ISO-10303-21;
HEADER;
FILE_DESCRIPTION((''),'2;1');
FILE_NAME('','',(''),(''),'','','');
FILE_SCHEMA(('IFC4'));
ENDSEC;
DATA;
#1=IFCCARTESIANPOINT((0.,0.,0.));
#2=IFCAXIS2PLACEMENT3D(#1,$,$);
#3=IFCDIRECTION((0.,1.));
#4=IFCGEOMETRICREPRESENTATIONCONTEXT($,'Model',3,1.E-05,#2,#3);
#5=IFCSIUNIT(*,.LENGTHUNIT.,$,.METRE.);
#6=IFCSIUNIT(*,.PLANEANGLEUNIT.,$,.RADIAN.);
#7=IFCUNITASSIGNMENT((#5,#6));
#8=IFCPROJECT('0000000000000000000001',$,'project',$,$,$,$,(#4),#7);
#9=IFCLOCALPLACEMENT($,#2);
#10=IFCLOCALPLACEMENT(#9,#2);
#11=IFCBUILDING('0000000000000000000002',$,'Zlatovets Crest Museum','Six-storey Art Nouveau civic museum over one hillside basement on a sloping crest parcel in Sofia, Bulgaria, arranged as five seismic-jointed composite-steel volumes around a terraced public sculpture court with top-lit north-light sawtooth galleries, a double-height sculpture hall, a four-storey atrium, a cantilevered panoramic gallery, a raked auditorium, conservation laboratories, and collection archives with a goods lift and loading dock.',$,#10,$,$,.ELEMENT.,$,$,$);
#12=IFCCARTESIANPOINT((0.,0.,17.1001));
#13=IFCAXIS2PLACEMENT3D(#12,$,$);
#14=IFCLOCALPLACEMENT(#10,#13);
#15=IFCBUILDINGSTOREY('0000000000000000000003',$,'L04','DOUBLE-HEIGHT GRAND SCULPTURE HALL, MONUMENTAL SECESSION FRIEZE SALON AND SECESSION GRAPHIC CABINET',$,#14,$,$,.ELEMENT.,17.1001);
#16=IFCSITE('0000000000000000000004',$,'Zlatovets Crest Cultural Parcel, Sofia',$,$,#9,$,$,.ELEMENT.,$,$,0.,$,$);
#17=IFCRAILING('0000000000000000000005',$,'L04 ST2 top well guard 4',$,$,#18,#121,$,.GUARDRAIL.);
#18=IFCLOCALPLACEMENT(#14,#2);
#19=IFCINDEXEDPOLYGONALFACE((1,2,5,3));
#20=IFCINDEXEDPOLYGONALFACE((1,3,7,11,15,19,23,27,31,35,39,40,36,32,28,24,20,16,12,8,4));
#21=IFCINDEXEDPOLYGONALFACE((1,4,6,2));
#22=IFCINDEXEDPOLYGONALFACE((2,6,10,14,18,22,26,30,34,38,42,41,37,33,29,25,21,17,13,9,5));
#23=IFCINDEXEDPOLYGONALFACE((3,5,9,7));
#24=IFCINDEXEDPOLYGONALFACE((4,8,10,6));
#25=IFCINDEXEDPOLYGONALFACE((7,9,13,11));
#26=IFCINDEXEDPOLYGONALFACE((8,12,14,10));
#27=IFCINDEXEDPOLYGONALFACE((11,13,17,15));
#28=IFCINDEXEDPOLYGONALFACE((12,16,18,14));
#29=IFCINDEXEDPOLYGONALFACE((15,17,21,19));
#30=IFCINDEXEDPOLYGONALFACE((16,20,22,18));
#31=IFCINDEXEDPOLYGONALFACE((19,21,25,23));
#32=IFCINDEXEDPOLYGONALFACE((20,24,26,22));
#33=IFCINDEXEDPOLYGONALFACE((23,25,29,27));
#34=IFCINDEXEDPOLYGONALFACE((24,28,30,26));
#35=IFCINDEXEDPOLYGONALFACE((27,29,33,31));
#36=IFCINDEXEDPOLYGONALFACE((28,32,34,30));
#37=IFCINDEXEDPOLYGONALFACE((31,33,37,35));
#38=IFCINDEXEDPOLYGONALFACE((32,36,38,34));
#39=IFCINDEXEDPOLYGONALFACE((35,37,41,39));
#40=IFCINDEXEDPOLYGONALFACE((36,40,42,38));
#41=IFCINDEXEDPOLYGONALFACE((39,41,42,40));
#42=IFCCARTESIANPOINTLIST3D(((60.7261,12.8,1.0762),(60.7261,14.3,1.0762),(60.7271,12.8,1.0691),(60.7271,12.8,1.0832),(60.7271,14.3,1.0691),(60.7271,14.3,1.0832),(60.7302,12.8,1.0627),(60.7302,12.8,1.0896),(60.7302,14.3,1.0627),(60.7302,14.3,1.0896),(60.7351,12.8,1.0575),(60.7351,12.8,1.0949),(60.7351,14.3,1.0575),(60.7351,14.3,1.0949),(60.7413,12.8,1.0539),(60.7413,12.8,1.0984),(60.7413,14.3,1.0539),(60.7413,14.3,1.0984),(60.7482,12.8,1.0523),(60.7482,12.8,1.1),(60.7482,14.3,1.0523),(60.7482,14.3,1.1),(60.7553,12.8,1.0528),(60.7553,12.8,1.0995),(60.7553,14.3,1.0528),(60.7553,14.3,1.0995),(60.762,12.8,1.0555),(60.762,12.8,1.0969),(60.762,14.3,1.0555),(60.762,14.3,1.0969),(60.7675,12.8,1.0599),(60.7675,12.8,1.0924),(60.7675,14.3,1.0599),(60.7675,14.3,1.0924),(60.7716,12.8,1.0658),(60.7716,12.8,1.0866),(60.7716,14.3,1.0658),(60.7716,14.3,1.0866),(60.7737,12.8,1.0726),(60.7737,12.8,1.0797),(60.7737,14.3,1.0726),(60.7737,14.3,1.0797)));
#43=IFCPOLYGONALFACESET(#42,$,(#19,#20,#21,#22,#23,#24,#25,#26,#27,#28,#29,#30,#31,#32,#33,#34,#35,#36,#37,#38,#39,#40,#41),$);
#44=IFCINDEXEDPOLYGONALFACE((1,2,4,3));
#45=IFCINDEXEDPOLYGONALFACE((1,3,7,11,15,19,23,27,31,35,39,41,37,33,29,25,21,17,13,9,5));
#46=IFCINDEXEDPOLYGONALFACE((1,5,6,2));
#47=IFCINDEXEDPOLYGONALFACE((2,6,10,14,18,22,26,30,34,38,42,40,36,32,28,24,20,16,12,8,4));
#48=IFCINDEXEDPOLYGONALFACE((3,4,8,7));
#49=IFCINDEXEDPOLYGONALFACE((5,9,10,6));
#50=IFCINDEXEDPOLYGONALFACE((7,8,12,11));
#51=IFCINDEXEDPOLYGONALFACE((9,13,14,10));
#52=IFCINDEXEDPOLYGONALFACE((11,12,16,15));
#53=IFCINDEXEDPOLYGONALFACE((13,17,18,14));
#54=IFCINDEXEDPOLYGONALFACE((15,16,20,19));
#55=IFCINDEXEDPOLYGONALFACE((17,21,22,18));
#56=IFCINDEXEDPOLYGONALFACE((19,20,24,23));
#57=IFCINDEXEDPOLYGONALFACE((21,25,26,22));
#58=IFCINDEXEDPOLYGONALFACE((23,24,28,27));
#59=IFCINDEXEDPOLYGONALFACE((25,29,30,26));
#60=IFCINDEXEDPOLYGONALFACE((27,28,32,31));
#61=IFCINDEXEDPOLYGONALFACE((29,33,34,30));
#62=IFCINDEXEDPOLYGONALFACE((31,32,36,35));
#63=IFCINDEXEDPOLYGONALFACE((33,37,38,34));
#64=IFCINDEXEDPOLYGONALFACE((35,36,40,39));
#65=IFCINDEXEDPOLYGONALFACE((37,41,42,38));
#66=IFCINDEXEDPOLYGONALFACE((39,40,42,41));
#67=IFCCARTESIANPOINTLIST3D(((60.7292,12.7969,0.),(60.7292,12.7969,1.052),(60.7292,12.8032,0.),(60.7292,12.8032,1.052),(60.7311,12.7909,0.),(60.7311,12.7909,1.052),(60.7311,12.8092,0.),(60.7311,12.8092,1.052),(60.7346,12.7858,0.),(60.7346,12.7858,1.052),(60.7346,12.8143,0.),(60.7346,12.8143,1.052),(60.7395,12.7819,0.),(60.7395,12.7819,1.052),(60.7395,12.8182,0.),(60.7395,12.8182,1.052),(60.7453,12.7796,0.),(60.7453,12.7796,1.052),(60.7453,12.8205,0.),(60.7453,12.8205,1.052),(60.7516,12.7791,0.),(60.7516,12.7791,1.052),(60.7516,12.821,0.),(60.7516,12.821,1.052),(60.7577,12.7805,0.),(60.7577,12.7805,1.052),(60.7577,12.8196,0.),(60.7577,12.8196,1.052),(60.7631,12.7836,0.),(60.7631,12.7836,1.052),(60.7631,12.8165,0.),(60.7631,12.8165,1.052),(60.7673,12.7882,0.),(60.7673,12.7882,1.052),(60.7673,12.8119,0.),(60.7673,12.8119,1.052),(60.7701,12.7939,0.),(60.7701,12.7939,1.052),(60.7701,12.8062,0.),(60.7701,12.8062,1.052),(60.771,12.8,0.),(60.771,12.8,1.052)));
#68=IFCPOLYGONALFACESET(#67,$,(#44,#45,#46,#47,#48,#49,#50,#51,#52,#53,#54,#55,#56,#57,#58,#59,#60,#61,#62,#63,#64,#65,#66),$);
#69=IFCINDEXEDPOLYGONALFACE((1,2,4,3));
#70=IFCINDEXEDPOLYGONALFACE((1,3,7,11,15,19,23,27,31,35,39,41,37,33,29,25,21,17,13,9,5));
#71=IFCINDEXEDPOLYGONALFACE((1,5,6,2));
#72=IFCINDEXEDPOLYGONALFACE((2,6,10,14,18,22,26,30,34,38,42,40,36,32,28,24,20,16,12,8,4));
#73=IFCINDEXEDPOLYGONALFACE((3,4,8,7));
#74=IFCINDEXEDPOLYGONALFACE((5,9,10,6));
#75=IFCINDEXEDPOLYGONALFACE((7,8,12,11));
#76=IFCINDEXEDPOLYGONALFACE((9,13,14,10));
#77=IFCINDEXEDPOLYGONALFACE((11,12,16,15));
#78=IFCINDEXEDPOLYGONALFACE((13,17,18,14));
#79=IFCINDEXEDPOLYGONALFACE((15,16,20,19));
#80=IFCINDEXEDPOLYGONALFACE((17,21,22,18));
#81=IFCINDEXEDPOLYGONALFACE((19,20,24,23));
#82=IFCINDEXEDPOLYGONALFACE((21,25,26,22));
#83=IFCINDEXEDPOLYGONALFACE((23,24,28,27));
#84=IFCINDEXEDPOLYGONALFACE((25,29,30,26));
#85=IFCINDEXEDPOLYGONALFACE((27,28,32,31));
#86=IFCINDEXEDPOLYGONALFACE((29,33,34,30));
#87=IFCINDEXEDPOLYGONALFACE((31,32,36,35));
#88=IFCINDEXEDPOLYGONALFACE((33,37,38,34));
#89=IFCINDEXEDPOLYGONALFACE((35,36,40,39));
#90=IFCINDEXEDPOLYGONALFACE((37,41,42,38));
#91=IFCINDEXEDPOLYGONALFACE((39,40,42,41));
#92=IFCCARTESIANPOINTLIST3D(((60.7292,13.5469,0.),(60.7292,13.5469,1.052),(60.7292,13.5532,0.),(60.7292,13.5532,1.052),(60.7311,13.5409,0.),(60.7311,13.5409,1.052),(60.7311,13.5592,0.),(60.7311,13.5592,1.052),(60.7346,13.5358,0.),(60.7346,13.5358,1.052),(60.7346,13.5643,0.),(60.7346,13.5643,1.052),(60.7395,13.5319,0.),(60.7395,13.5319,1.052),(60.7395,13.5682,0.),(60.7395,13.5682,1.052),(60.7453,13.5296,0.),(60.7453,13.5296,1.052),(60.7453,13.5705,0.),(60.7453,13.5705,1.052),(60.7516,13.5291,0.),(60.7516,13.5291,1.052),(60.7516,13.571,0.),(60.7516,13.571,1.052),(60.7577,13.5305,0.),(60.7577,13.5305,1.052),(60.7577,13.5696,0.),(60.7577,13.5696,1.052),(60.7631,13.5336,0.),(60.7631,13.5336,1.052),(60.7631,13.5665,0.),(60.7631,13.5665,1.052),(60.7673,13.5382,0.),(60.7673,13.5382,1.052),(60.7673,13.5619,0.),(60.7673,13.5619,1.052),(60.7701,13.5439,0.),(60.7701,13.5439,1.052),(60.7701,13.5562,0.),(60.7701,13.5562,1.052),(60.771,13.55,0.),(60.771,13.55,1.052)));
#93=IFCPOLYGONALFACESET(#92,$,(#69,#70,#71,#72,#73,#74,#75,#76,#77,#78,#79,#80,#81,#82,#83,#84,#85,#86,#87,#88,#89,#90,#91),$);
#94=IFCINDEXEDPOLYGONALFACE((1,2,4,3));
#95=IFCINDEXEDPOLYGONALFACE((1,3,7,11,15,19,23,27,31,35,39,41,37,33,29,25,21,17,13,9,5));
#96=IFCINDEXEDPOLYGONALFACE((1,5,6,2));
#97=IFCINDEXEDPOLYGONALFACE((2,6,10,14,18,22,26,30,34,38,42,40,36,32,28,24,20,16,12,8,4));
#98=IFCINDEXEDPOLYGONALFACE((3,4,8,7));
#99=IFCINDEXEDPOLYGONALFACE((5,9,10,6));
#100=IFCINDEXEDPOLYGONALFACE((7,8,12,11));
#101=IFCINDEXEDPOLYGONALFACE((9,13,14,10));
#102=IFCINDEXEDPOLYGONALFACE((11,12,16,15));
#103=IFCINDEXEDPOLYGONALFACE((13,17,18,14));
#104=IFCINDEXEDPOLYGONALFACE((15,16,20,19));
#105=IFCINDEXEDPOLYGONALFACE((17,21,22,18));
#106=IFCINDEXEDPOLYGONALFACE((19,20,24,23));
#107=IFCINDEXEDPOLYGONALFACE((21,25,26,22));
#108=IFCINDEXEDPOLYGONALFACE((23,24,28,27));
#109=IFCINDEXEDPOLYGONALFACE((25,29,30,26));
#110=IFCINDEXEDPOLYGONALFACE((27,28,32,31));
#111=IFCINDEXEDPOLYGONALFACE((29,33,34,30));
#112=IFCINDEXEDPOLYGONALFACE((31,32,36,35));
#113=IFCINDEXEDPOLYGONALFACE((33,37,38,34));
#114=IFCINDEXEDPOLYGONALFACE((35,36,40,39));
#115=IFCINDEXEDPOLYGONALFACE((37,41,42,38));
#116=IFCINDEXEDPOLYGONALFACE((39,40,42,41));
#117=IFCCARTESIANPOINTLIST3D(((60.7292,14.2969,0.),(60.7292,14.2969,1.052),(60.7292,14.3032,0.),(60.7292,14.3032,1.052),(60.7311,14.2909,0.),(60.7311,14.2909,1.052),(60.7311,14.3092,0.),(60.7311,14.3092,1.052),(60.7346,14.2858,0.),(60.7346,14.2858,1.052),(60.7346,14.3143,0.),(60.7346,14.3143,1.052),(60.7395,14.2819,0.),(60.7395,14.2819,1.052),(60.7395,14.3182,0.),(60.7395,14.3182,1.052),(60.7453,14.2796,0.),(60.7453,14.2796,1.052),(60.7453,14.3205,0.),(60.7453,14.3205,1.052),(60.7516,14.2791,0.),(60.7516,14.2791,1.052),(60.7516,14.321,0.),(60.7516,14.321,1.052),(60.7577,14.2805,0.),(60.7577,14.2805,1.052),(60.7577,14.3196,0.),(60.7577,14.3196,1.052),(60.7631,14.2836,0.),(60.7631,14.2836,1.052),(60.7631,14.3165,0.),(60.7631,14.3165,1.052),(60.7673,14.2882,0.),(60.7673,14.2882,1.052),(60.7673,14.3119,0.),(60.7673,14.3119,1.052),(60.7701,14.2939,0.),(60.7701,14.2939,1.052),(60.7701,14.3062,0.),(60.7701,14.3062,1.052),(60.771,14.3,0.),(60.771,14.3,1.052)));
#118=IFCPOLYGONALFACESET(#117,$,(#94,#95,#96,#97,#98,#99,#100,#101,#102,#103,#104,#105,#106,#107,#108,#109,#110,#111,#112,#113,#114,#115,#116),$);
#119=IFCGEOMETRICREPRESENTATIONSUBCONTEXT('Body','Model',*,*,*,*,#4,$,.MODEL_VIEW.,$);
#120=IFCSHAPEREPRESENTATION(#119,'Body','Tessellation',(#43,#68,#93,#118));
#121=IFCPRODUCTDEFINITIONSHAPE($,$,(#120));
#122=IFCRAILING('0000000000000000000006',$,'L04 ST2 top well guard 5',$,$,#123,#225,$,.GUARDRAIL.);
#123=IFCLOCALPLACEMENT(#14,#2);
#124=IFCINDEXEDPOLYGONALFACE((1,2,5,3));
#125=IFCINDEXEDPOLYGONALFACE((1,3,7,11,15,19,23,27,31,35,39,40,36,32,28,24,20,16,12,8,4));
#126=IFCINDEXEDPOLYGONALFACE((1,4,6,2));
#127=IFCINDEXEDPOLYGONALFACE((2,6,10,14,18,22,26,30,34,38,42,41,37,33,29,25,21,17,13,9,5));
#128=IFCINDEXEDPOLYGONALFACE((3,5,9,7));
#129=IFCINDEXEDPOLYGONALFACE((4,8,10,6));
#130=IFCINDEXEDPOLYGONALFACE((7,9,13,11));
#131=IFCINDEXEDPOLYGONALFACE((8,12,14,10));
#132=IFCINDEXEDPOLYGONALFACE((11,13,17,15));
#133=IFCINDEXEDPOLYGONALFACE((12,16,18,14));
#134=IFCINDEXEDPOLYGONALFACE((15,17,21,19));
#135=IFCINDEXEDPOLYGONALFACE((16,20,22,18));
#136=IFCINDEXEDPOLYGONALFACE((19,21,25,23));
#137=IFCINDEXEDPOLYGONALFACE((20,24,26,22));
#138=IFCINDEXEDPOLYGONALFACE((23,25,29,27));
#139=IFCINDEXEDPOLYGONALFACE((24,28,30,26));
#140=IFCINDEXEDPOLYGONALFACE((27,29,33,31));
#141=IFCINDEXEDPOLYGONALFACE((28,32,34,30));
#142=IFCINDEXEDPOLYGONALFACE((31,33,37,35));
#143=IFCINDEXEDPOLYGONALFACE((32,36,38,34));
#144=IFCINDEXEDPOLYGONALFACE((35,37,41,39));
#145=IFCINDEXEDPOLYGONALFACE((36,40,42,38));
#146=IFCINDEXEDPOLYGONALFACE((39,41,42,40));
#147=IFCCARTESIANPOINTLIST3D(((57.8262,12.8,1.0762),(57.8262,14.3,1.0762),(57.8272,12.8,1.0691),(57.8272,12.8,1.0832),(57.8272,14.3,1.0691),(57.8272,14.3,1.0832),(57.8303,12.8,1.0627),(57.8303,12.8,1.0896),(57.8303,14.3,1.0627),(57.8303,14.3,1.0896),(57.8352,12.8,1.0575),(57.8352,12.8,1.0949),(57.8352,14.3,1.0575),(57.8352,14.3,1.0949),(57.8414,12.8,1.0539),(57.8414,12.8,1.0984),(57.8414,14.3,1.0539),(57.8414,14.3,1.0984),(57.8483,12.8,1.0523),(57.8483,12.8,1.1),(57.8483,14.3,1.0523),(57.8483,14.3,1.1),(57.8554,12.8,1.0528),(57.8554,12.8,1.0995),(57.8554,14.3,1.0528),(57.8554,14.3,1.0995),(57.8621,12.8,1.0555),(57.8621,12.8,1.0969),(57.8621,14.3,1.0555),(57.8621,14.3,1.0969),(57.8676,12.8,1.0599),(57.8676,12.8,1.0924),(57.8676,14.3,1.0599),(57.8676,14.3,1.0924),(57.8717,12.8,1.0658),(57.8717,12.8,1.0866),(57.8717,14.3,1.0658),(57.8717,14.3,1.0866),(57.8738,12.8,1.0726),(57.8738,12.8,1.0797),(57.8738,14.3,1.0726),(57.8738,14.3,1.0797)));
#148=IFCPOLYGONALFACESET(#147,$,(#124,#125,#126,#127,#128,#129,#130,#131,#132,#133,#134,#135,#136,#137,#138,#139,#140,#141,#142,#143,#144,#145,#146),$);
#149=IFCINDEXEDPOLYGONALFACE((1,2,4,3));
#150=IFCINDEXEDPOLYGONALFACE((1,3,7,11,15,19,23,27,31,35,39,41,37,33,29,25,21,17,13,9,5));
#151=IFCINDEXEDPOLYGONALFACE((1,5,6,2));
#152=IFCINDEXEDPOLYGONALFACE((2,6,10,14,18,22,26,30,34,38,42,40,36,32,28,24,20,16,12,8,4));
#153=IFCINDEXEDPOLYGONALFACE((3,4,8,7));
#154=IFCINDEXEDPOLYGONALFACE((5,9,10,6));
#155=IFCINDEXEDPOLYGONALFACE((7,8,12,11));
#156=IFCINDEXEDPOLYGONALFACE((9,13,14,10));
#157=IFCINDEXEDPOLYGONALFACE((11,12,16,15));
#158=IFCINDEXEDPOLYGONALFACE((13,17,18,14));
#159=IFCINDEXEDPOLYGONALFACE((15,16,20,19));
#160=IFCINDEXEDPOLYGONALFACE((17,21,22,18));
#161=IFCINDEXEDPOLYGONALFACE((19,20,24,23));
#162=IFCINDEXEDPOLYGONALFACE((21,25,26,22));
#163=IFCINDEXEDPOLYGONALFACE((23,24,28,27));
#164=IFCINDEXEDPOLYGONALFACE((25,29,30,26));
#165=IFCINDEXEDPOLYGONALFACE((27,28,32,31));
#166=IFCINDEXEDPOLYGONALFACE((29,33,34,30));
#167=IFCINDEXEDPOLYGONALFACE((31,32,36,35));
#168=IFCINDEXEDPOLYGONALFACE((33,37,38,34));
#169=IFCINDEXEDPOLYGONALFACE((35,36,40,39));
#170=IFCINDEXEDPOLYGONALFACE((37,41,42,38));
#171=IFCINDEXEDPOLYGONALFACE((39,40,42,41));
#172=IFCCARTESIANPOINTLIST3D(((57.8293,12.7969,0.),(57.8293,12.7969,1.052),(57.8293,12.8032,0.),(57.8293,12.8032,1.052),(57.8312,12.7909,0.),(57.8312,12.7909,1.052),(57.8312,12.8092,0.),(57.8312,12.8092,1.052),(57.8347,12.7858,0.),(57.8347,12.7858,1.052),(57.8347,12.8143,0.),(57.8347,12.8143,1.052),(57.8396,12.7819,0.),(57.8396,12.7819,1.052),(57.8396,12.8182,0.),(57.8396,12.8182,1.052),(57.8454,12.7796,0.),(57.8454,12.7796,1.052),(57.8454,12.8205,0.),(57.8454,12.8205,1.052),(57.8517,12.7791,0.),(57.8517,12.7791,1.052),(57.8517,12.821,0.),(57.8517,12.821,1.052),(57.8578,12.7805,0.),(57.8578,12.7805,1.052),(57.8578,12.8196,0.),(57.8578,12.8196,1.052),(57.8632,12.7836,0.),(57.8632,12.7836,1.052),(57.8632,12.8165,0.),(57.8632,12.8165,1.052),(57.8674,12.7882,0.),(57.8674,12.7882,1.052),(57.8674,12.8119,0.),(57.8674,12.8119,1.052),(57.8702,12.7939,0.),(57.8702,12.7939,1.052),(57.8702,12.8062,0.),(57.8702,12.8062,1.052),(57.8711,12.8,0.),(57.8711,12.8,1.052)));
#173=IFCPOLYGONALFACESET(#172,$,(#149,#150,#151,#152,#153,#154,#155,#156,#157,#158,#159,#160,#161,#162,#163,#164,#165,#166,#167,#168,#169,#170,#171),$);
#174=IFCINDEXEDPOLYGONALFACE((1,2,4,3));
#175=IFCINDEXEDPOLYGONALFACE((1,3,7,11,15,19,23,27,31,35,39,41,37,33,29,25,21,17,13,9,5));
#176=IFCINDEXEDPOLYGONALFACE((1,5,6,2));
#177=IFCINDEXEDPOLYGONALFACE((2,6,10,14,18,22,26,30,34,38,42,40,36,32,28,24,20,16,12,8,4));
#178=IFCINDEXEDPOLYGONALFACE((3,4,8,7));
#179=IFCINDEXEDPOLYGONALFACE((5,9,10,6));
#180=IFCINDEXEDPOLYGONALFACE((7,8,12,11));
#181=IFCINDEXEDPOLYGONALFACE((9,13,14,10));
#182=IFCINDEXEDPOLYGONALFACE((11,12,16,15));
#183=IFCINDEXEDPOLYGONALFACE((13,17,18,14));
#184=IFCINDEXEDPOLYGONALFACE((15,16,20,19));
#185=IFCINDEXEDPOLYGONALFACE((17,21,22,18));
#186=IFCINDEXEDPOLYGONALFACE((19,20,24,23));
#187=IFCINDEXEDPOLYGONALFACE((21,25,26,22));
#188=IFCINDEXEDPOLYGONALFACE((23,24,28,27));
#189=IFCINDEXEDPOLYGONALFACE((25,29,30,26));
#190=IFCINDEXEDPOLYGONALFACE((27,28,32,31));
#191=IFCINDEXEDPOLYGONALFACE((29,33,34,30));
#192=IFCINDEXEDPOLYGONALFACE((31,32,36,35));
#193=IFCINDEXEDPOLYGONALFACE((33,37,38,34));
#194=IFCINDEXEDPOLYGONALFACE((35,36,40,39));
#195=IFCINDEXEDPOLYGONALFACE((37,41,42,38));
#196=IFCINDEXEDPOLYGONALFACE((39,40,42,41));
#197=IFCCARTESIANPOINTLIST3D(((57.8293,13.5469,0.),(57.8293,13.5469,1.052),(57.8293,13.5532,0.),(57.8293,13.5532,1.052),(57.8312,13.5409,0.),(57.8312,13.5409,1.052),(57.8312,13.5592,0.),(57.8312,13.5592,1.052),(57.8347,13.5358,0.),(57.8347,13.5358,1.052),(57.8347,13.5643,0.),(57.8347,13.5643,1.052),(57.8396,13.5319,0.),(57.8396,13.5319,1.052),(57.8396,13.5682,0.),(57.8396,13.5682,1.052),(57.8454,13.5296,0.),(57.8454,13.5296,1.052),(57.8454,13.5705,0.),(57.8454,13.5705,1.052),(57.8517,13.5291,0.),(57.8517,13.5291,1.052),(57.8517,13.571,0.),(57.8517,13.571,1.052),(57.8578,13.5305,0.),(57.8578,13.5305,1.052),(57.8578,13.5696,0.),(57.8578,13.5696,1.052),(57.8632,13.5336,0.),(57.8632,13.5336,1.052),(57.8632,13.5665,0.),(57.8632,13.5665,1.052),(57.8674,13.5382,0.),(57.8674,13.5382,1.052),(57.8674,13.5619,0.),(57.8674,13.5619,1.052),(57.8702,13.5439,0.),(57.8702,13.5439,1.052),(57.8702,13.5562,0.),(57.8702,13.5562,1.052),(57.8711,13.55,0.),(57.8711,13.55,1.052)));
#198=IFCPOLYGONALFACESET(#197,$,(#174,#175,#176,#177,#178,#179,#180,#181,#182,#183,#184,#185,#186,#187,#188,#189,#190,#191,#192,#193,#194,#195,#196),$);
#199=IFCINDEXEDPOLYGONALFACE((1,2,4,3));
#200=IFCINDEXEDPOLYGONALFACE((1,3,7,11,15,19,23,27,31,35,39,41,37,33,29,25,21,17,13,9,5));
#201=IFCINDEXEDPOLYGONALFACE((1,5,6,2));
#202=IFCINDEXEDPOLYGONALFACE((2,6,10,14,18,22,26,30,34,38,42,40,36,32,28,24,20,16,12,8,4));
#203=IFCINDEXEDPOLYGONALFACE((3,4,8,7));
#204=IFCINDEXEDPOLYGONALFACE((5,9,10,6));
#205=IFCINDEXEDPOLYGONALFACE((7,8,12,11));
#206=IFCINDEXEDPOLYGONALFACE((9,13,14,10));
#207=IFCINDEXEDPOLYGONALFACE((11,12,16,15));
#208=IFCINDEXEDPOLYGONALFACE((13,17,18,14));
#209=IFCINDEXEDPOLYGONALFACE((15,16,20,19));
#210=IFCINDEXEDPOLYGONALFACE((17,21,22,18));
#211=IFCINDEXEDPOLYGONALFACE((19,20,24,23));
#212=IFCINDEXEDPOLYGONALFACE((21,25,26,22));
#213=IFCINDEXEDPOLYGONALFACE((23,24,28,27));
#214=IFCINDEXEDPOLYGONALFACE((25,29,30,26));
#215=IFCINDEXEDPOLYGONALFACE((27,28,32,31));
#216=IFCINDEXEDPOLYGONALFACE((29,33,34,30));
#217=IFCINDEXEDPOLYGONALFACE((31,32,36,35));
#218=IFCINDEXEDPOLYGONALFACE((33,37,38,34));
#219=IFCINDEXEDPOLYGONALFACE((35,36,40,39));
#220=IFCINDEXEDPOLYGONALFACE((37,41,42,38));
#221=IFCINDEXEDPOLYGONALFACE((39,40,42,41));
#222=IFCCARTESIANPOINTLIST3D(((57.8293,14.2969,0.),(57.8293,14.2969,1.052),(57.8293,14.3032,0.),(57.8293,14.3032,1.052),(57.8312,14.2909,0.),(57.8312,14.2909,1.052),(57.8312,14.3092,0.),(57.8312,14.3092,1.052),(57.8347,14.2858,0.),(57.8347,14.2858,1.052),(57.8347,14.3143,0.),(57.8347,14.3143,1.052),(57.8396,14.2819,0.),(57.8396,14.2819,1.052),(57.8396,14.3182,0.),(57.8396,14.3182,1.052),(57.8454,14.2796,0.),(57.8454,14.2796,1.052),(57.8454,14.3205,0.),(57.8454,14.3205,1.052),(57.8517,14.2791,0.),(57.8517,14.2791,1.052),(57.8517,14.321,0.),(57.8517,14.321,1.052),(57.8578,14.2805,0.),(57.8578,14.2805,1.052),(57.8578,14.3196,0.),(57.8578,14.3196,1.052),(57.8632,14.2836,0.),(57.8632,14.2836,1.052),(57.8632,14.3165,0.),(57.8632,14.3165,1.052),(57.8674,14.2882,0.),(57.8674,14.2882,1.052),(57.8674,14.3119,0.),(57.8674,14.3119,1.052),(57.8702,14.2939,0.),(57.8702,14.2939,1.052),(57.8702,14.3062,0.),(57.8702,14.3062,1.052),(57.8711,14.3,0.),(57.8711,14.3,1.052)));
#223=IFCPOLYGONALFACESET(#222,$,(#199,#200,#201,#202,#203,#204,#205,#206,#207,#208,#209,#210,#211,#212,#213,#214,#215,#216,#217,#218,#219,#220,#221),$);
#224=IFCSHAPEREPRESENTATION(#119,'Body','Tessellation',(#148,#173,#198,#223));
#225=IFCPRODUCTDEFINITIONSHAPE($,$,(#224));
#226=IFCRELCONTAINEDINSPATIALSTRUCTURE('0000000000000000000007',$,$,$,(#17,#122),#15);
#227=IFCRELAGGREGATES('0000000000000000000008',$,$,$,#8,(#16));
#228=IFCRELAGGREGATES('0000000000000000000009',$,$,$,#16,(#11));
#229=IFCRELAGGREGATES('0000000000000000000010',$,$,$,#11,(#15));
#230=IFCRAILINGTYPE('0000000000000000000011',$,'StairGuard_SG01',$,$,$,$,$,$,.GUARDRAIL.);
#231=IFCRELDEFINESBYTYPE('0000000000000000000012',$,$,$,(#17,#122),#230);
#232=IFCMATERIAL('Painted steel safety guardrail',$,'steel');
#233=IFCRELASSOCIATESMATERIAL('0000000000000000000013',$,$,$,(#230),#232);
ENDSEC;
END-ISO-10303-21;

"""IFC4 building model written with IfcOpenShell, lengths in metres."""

from ifc_helpers import new_model, si_unit, direction, frame, origin, origin_2d, place, context, subcontext, project, spatial, circle, extrude, material, type_object, element, save


model = new_model("IFC4")

# Units and contexts
model_context = context("Model", 3, precision=1e-05, world=origin(), true_north=direction((0.0, 1.0)))
body_context = subcontext(model_context, "Body", "Model", "MODEL_VIEW")
ifc_project = project(units=[si_unit("LENGTHUNIT", "METRE"), si_unit("PLANEANGLEUNIT", "RADIAN")], contexts=[model_context])

# Site, building, storey
site_placement = place(None, origin())
site = spatial("IfcSite", under=ifc_project, at=site_placement, Name="Zlatovets Crest Cultural Parcel, Sofia", CompositionType="ELEMENT", RefElevation=0.0)
building_placement = place(site_placement, origin())
building = spatial("IfcBuilding", under=site, at=building_placement, Name="Zlatovets Crest Museum", Description="Six-storey Art Nouveau civic museum over one hillside basement on a sloping crest parcel in Sofia, Bulgaria, arranged as five seismic-jointed composite-steel volumes around a terraced public sculpture court with top-lit north-light sawtooth galleries, a double-height sculpture hall, a four-storey atrium, a cantilevered panoramic gallery, a raked auditorium, conservation laboratories, and collection archives with a goods lift and loading dock.", CompositionType="ELEMENT")
storey_placement = place(building_placement, frame((0.0, 0.0, 17.1001)))
storey = spatial("IfcBuildingStorey", under=building, at=storey_placement, Name="L04", Description="DOUBLE-HEIGHT GRAND SCULPTURE HALL, MONUMENTAL SECESSION FRIEZE SALON AND SECESSION GRAPHIC CABINET", CompositionType="ELEMENT", Elevation=17.1001)

# Railings
ifc_material_1 = material(Name="Painted steel safety guardrail", Category="steel")
railing_type = type_object("IfcRailingType", Name="StairGuard_SG01", PredefinedType="GUARDRAIL", material=ifc_material_1)
for number, where, name in (
    (1, (60.75, 12.8, 0.0), "L04 ST2 top well guard 4"),
    (2, (57.8501, 12.8, 0.0), "L04 ST2 top well guard 5"),
):
    element("IfcRailing", number, at=place(storey_placement, frame(where)), inside=storey, type_object=railing_type, Name=name, PredefinedType="GUARDRAIL", context=body_context, shape_type="SweptSolid", body=[
        extrude(circle(Radius=0.0239, at=origin_2d()), frame((0.0, 0.0, 1.0762), z_axis=(0.0, 1.0, 0.0), x_axis=(-1.0, 0.0, 0.0)), (0.0, 0.0, 1.0), 1.5),
        extrude(circle(Radius=0.021, at=origin_2d()), origin(), (0.0, 0.0, 1.0), 1.052),
        extrude(circle(Radius=0.021, at=origin_2d()), frame((0.0, 0.75, 0.0)), (0.0, 0.0, 1.0), 1.052),
        extrude(circle(Radius=0.021, at=origin_2d()), frame((0.0, 1.5, 0.0)), (0.0, 0.0, 1.0), 1.052),
    ])

save(model, "model.ifc")
